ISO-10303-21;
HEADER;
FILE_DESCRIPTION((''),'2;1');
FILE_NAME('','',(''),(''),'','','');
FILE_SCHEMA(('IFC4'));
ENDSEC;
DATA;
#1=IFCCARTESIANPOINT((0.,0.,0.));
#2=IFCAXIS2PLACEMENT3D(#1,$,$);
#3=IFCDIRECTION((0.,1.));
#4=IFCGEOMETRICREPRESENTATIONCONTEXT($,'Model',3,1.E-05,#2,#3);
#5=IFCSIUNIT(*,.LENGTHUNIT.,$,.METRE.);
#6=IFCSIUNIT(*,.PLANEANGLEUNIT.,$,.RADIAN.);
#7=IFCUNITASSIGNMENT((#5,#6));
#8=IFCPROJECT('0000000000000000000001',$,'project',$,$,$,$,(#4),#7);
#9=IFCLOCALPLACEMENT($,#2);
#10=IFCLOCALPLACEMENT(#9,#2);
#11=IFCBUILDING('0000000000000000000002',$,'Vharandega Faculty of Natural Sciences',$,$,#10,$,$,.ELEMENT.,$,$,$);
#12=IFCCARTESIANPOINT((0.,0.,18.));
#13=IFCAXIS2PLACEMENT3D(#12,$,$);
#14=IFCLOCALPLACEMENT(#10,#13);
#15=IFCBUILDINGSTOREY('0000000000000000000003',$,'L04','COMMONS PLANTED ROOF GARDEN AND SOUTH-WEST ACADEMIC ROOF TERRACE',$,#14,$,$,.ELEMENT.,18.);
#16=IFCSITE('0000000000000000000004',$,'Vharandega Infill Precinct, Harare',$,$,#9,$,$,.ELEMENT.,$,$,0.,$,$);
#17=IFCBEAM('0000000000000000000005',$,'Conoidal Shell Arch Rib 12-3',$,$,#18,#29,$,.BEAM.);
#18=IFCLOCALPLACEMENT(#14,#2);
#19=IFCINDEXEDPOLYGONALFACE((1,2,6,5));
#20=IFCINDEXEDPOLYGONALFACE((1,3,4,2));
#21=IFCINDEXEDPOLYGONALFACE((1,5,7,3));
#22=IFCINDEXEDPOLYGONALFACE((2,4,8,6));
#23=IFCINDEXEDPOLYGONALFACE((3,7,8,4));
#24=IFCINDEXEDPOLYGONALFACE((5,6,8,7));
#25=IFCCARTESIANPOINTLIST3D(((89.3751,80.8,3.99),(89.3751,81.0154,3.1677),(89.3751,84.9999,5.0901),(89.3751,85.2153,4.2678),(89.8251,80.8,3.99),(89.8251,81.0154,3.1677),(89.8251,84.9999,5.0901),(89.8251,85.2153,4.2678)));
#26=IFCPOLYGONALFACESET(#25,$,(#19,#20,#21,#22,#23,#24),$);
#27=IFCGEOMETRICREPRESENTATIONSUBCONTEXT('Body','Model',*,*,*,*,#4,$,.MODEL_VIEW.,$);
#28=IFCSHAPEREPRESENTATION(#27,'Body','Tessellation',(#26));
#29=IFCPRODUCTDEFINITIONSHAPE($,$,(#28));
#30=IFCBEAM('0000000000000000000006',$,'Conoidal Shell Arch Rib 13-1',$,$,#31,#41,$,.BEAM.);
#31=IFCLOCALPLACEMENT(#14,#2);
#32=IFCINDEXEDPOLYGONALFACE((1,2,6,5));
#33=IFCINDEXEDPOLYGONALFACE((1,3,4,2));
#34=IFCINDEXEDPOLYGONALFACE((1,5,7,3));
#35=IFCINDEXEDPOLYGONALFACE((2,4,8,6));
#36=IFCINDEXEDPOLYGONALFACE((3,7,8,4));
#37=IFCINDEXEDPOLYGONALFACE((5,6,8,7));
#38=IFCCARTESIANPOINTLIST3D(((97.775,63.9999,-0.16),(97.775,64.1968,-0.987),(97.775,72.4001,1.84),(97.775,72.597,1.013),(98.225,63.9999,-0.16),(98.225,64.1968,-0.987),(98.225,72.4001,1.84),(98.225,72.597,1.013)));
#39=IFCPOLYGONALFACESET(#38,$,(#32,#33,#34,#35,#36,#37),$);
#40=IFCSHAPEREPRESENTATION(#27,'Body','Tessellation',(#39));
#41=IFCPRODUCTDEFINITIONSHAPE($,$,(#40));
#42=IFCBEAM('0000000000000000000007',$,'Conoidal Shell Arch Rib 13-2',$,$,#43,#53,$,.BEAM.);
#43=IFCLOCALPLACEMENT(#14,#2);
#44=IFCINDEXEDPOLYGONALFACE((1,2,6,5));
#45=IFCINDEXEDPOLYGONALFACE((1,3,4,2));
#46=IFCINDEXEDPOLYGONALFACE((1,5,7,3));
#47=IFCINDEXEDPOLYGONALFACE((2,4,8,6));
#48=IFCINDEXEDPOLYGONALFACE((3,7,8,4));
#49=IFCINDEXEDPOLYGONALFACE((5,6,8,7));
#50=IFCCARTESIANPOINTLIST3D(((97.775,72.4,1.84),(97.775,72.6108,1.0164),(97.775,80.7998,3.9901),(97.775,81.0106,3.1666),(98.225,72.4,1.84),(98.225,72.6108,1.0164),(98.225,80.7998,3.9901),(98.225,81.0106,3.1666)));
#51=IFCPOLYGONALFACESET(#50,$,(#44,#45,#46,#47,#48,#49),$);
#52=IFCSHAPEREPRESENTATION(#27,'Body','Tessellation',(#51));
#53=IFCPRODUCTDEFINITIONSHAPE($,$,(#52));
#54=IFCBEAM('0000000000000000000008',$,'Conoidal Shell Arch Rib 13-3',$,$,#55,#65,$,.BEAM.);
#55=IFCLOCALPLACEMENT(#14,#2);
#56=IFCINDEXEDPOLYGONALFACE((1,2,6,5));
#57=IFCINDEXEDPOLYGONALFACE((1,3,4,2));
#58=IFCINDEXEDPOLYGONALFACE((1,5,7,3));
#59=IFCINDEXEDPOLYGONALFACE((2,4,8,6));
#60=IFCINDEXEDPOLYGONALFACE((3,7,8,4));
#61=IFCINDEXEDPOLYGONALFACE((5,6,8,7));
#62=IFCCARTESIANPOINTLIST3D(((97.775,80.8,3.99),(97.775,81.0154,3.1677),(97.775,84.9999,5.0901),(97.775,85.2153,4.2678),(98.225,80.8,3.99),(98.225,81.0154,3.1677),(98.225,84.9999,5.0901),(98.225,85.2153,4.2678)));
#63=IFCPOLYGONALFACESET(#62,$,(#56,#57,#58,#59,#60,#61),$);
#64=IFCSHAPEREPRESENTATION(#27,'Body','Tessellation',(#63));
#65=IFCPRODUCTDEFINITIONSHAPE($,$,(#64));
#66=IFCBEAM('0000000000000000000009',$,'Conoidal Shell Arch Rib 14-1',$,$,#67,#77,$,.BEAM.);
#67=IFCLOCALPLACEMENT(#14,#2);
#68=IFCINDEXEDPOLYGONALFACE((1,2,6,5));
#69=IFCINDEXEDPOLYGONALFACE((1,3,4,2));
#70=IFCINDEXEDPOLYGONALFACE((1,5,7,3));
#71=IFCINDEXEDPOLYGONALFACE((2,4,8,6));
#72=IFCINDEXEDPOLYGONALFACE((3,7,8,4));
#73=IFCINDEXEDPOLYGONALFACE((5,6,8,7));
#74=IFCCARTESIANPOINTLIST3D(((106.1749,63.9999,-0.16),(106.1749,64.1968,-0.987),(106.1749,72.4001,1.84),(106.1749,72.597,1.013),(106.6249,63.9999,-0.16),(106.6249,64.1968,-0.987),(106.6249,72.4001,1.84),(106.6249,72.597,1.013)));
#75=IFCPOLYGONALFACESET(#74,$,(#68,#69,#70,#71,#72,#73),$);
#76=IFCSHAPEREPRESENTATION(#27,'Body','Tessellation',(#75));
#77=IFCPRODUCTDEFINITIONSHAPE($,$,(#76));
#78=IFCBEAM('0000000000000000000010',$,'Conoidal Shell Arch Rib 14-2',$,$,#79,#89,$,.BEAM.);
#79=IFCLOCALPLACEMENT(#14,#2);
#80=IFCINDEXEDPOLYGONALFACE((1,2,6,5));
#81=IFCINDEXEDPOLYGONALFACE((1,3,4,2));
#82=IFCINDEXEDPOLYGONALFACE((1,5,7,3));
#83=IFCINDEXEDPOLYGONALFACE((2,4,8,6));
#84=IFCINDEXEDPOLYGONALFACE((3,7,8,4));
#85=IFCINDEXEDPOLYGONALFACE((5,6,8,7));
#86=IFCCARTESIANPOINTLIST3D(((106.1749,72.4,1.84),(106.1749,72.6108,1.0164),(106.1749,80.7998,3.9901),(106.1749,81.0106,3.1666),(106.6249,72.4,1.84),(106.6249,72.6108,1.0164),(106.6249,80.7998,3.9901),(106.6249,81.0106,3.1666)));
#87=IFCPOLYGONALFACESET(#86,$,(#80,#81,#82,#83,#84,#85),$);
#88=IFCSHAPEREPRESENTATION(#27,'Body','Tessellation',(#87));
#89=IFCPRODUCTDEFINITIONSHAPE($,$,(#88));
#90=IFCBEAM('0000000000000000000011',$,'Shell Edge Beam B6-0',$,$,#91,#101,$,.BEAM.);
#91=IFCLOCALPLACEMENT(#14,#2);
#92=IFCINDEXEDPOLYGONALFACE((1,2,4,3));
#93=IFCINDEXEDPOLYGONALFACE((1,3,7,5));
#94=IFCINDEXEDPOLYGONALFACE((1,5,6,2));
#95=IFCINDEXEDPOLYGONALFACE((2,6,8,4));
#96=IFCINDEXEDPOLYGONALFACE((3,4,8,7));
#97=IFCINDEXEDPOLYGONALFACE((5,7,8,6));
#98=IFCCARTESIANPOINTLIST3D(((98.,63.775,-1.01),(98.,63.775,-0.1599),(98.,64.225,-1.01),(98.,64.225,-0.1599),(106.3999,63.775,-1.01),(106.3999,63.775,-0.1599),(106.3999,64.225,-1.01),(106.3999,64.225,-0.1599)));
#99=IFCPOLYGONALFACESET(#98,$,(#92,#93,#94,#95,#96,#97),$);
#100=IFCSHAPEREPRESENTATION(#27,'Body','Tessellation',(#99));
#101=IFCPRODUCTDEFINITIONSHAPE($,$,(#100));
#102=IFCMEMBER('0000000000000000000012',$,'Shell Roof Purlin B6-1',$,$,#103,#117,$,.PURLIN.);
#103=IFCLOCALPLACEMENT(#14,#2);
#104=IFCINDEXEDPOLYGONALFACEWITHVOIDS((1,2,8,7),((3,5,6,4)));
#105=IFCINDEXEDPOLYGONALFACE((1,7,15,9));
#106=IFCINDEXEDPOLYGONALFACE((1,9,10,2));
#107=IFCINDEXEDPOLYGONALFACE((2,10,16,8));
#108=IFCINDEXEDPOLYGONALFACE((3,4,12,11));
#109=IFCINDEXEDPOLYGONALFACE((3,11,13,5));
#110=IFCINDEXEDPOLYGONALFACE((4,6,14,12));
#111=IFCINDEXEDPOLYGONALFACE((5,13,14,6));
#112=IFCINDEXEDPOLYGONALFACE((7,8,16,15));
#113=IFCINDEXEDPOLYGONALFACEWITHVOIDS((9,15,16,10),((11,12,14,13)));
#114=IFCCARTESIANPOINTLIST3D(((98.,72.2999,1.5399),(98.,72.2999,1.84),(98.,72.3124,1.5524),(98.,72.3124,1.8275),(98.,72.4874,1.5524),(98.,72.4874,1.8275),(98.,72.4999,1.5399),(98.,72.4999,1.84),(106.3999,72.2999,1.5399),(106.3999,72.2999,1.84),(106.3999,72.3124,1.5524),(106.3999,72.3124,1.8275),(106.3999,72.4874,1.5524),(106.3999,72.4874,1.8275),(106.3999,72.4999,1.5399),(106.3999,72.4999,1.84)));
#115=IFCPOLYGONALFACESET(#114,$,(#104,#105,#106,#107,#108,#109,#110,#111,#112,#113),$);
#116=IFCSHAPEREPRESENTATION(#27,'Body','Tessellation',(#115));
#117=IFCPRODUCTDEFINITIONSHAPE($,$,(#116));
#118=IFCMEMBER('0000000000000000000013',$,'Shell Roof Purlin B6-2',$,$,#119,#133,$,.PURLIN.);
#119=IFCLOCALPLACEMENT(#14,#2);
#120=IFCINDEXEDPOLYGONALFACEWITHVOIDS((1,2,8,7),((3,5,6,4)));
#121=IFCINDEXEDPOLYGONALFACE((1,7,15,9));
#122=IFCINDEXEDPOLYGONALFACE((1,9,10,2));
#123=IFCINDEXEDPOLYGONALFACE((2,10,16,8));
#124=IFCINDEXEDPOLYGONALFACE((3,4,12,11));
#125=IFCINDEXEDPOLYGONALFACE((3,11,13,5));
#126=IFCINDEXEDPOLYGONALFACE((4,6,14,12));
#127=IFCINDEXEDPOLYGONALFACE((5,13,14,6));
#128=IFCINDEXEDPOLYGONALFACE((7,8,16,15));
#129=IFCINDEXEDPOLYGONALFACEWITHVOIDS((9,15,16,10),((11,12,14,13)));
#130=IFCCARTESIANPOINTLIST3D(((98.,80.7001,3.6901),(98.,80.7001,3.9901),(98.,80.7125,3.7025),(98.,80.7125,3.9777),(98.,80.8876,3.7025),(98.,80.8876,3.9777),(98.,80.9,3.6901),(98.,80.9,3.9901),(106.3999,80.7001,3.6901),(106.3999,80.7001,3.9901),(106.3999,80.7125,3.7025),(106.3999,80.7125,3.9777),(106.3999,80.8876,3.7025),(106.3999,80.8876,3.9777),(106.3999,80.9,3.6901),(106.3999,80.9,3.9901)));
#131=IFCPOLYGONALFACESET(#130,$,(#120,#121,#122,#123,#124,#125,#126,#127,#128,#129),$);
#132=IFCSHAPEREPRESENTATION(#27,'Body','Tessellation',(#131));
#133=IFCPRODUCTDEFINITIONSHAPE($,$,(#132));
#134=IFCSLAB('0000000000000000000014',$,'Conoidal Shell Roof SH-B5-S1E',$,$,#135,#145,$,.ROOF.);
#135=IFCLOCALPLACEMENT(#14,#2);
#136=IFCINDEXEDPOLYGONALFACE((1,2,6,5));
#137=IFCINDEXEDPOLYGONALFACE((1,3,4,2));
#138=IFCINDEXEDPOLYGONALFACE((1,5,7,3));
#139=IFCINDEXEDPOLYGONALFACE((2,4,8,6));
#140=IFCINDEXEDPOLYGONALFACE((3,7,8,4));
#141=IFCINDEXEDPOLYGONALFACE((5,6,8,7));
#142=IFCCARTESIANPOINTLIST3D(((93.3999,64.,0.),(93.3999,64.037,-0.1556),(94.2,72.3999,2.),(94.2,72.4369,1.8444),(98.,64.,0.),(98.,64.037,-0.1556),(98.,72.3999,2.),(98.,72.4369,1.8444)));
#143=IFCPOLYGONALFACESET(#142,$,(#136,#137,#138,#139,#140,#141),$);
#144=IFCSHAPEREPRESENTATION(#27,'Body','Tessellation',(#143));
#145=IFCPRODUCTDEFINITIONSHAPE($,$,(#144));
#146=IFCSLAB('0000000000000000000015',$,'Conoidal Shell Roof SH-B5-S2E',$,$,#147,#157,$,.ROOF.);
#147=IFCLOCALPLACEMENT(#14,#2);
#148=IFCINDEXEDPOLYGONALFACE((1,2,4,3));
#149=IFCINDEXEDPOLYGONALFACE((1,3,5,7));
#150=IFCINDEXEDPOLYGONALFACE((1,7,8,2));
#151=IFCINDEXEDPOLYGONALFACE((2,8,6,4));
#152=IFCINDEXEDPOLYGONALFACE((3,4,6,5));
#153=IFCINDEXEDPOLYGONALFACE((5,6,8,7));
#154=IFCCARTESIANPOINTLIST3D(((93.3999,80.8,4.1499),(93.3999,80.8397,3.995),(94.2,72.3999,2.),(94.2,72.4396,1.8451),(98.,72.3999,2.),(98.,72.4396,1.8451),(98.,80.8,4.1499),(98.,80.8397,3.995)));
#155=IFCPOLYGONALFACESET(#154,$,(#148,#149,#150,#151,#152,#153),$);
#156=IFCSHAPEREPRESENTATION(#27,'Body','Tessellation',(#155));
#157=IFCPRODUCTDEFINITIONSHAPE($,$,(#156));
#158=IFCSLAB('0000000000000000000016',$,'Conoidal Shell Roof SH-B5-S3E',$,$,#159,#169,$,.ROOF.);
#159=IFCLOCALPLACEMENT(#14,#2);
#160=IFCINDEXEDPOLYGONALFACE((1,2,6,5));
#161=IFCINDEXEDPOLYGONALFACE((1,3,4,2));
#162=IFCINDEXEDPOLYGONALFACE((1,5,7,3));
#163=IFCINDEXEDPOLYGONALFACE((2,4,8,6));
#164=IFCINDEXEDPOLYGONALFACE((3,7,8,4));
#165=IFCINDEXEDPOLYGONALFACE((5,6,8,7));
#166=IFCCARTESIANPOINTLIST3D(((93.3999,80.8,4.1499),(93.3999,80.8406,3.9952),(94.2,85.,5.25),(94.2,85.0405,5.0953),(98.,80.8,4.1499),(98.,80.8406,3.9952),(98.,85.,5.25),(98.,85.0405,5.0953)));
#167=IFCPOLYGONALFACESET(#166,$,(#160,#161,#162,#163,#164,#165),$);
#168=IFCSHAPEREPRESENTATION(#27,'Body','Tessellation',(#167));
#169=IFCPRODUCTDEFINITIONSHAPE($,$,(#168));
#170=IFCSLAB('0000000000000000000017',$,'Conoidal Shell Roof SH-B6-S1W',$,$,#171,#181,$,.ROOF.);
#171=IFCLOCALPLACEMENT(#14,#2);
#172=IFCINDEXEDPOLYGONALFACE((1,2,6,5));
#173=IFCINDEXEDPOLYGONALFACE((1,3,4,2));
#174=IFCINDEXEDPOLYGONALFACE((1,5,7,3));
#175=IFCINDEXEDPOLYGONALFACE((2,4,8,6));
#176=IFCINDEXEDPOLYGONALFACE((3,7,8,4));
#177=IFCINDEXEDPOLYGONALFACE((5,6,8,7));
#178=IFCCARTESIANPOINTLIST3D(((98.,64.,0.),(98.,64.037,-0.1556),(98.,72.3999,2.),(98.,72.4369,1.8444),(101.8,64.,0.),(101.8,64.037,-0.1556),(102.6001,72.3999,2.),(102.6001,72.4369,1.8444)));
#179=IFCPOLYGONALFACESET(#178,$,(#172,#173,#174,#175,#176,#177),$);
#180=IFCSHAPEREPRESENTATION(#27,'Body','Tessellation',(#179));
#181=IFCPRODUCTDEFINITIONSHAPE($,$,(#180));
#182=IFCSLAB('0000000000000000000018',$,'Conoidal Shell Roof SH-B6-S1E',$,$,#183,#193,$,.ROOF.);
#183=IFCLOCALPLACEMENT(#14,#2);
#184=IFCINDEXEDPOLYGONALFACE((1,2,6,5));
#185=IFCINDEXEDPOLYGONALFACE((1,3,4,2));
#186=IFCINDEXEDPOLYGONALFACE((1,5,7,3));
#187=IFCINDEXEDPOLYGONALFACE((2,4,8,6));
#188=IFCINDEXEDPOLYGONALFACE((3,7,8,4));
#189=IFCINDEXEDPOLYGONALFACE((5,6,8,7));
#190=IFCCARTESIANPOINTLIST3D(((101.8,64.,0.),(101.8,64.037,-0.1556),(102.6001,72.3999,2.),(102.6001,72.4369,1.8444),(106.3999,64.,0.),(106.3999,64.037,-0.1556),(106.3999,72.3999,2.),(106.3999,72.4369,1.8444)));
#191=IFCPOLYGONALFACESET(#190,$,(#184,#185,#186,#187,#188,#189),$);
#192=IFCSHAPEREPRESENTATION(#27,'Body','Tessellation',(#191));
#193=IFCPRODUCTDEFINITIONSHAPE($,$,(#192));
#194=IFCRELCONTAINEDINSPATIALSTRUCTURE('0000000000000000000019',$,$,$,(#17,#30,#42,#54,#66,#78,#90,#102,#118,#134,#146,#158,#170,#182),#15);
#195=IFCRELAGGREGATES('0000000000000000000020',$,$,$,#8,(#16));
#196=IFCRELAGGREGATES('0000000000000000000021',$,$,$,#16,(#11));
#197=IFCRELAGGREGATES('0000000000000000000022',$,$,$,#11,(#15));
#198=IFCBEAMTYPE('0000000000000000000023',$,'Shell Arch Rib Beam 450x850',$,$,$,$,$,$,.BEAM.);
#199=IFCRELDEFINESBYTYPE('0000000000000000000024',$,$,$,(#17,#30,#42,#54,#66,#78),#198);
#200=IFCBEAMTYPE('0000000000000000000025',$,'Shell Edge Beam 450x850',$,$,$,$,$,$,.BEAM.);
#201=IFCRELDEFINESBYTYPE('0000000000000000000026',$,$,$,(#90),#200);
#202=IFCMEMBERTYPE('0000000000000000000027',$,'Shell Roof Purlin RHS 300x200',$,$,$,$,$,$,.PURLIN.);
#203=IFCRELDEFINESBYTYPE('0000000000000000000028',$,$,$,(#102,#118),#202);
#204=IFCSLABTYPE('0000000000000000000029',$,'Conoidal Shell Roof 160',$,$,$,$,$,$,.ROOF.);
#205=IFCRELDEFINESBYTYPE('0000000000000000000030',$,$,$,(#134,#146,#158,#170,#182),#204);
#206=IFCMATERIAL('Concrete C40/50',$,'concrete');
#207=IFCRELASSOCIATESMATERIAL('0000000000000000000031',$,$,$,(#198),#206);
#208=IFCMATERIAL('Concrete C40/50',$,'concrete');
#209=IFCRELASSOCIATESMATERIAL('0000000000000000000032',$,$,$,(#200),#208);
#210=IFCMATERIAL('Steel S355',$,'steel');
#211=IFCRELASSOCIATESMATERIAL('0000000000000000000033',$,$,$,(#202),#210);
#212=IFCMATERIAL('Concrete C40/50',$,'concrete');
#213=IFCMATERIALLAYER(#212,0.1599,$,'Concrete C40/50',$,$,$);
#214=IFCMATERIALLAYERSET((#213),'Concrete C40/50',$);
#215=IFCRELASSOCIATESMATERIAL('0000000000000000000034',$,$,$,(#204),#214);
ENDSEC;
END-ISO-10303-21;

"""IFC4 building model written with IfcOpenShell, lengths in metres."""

from ifc_helpers import new_model, si_unit, direction, frame, origin, origin_2d, place, context, subcontext, project, spatial, polyline, rectangle, hollow_rectangle, outline, extrude, material, layer, layer_set, material_profile, profile_set, type_object, element, save


model = new_model("IFC4")

# Units and contexts
model_context = context("Model", 3, precision=1e-05, world=origin(), true_north=direction((0.0, 1.0)))
body_context = subcontext(model_context, "Body", "Model", "MODEL_VIEW")
ifc_project = project(units=[si_unit("LENGTHUNIT", "METRE"), si_unit("PLANEANGLEUNIT", "RADIAN")], contexts=[model_context])

# Site, building, storey
site_placement = place(None, origin())
site = spatial("IfcSite", under=ifc_project, at=site_placement, Name="Vharandega Infill Precinct, Harare", CompositionType="ELEMENT", RefElevation=0.0)
building_placement = place(site_placement, origin())
building = spatial("IfcBuilding", under=site, at=building_placement, Name="Vharandega Faculty of Natural Sciences", CompositionType="ELEMENT")
storey_placement = place(building_placement, frame((0.0, 0.0, 18.0)))
storey = spatial("IfcBuildingStorey", under=building, at=storey_placement, Name="L04", Description="COMMONS PLANTED ROOF GARDEN AND SOUTH-WEST ACADEMIC ROOF TERRACE", CompositionType="ELEMENT", Elevation=18.0)

# Beams
ifc_material_1 = material(Name="Concrete C40/50", Category="concrete")
ifc_material_profile_1 = material_profile(ifc_material_1, rectangle(XDim=0.45, YDim=0.8501, at=origin_2d()), Name="RC 450x850")
ifc_profile_set_1 = profile_set([ifc_material_profile_1], Name="Concrete C40/50")
beam_type_1 = type_object("IfcBeamType", Name="Shell Arch Rib Beam 450x850", PredefinedType="BEAM", material=ifc_profile_set_1)
beam_1_placement = place(storey_placement, frame((89.6001, 80.9077, 3.5789), z_axis=(0.0, 0.967366, 0.253383), x_axis=(-1.0, 0.0, 0.0)))
element("IfcBeam", 1, at=beam_1_placement, inside=storey, type_object=beam_type_1, Name="Conoidal Shell Arch Rib 12-3", PredefinedType="BEAM", context=body_context, shape_type="SweptSolid", body=[
    extrude(rectangle(XDim=0.45, YDim=0.8501, at=origin_2d()), origin(), (0.0, 0.0, 1.0), 4.3416),
])
beam_2_placement = place(storey_placement, frame((98.0, 64.0984, -0.5735), z_axis=(0.0, 0.972807, 0.231617), x_axis=(-1.0, 0.0, 0.0)))
element("IfcBeam", 2, at=beam_2_placement, inside=storey, type_object=beam_type_1, Name="Conoidal Shell Arch Rib 13-1", PredefinedType="BEAM", context=body_context, shape_type="SweptSolid", body=[
    extrude(rectangle(XDim=0.45, YDim=0.8501, at=origin_2d()), origin(), (0.0, 0.0, 1.0), 8.635),
])
beam_3_placement = place(storey_placement, frame((98.0, 72.5054, 1.4282), z_axis=(0.0, 0.968766, 0.247978), x_axis=(-1.0, 0.0, 0.0)))
element("IfcBeam", 3, at=beam_3_placement, inside=storey, type_object=beam_type_1, Name="Conoidal Shell Arch Rib 13-2", PredefinedType="BEAM", context=body_context, shape_type="SweptSolid", body=[
    extrude(rectangle(XDim=0.45, YDim=0.8501, at=origin_2d()), origin(), (0.0, 0.0, 1.0), 8.6707),
])
beam_4_placement = place(storey_placement, frame((98.0, 80.9077, 3.5789), z_axis=(0.0, 0.967366, 0.253383), x_axis=(-1.0, 0.0, 0.0)))
element("IfcBeam", 4, at=beam_4_placement, inside=storey, type_object=beam_type_1, Name="Conoidal Shell Arch Rib 13-3", PredefinedType="BEAM", context=body_context, shape_type="SweptSolid", body=[
    extrude(rectangle(XDim=0.45, YDim=0.8501, at=origin_2d()), origin(), (0.0, 0.0, 1.0), 4.3416),
])
beam_5_placement = place(storey_placement, frame((106.3999, 64.0984, -0.5735), z_axis=(0.0, 0.972807, 0.231617), x_axis=(-1.0, 0.0, 0.0)))
element("IfcBeam", 5, at=beam_5_placement, inside=storey, type_object=beam_type_1, Name="Conoidal Shell Arch Rib 14-1", PredefinedType="BEAM", context=body_context, shape_type="SweptSolid", body=[
    extrude(rectangle(XDim=0.45, YDim=0.8501, at=origin_2d()), origin(), (0.0, 0.0, 1.0), 8.635),
])
beam_6_placement = place(storey_placement, frame((106.3999, 72.5054, 1.4282), z_axis=(0.0, 0.968766, 0.247978), x_axis=(-1.0, 0.0, 0.0)))
element("IfcBeam", 6, at=beam_6_placement, inside=storey, type_object=beam_type_1, Name="Conoidal Shell Arch Rib 14-2", PredefinedType="BEAM", context=body_context, shape_type="SweptSolid", body=[
    extrude(rectangle(XDim=0.45, YDim=0.8501, at=origin_2d()), origin(), (0.0, 0.0, 1.0), 8.6707),
])
ifc_material_2 = material(Name="Concrete C40/50", Category="concrete")
ifc_material_profile_2 = material_profile(ifc_material_2, rectangle(XDim=0.45, YDim=0.8501, at=origin_2d()), Name="RC 450x850")
ifc_profile_set_2 = profile_set([ifc_material_profile_2], Name="Concrete C40/50")
beam_type_2 = type_object("IfcBeamType", Name="Shell Edge Beam 450x850", PredefinedType="BEAM", material=ifc_profile_set_2)
beam_7_placement = place(storey_placement, frame((98.0, 64.0, -0.585), z_axis=(1.0, 0.0, 0.0), x_axis=(0.0, 1.0, 0.0)))
element("IfcBeam", 7, at=beam_7_placement, inside=storey, type_object=beam_type_2, Name="Shell Edge Beam B6-0", PredefinedType="BEAM", context=body_context, shape_type="SweptSolid", body=[
    extrude(rectangle(XDim=0.45, YDim=0.8501, at=origin_2d()), origin(), (0.0, 0.0, 1.0), 8.3999),
])

# Members
ifc_material_3 = material(Name="Steel S355", Category="steel")
ifc_material_profile_3 = material_profile(ifc_material_3, hollow_rectangle(XDim=0.2, YDim=0.3, WallThickness=0.0125, at=origin_2d()), Name="RHS 300x200x12.5")
ifc_profile_set_3 = profile_set([ifc_material_profile_3], Name="Steel S355")
member_type = type_object("IfcMemberType", Name="Shell Roof Purlin RHS 300x200", PredefinedType="PURLIN", material=ifc_profile_set_3)
for number, where, z_axis, x_axis, name in (
    (8, (98.0, 72.3999, 1.6899), (1.0, 0.0, 0.0), (0.0, 1.0, 0.0), "Shell Roof Purlin B6-1"),
    (9, (98.0, 80.8, 3.8401), (1.0, 0.0, 0.0), (0.0, 1.0, 0.0), "Shell Roof Purlin B6-2"),
):
    element("IfcMember", number, at=place(storey_placement, frame(where, z_axis=z_axis, x_axis=x_axis)), inside=storey, type_object=member_type, Name=name, PredefinedType="PURLIN", context=body_context, shape_type="SweptSolid", body=[
        extrude(hollow_rectangle(XDim=0.2, YDim=0.3, WallThickness=0.0125, at=origin_2d()), origin(), (0.0, 0.0, 1.0), 8.3999),
    ])

# Slabs
ifc_material_4 = material(Name="Concrete C40/50", Category="concrete")
ifc_layer = layer(ifc_material_4, 0.1599, Name="Concrete C40/50")
ifc_layer_set = layer_set([ifc_layer], Name="Concrete C40/50")
slab_type = type_object("IfcSlabType", Name="Conoidal Shell Roof 160", PredefinedType="ROOF", material=ifc_layer_set)
slab_1_placement = place(storey_placement, frame((93.3999, 64.0, 0.0), z_axis=(0.0, -0.231623, 0.972806), x_axis=(1.0, 0.0, 0.0)))
element("IfcSlab", 10, at=slab_1_placement, inside=storey, type_object=slab_type, Name="Conoidal Shell Roof SH-B5-S1E", PredefinedType="ROOF", context=body_context, shape_type="SweptSolid", body=[
    extrude(outline(polyline([(0.0, 0.0), (4.6001, 0.0), (4.6001, 8.6347), (0.8, 8.6347), (0.0, 0.0)])), origin(), (0.0, 0.0, -1.0), 0.1599),
])
slab_2_placement = place(storey_placement, frame((94.2, 72.3999, 2.0), z_axis=(0.0, -0.247944, 0.968774), x_axis=(1.0, 0.0, 0.0)))
element("IfcSlab", 11, at=slab_2_placement, inside=storey, type_object=slab_type, Name="Conoidal Shell Roof SH-B5-S2E", PredefinedType="ROOF", context=body_context, shape_type="SweptSolid", body=[
    extrude(outline(polyline([(0.0, 0.0), (3.8, 0.0), (3.8, 8.6709), (-0.8, 8.6709), (0.0, 0.0)])), origin(), (0.0, 0.0, -1.0), 0.1599),
])
slab_3_placement = place(storey_placement, frame((93.3999, 80.8, 4.1499), z_axis=(0.0, -0.253383, 0.967366), x_axis=(1.0, 0.0, 0.0)))
element("IfcSlab", 12, at=slab_3_placement, inside=storey, type_object=slab_type, Name="Conoidal Shell Roof SH-B5-S3E", PredefinedType="ROOF", context=body_context, shape_type="SweptSolid", body=[
    extrude(outline(polyline([(0.0, 0.0), (4.6001, 0.0), (4.6001, 4.3416), (0.8, 4.3416), (0.0, 0.0)])), origin(), (0.0, 0.0, -1.0), 0.1599),
])
slab_4_placement = place(storey_placement, frame((98.0, 64.0, 0.0), z_axis=(0.0, -0.231623, 0.972806), x_axis=(1.0, 0.0, 0.0)))
element("IfcSlab", 13, at=slab_4_placement, inside=storey, type_object=slab_type, Name="Conoidal Shell Roof SH-B6-S1W", PredefinedType="ROOF", context=body_context, shape_type="SweptSolid", body=[
    extrude(outline(polyline([(0.0, 0.0), (3.8, 0.0), (4.6001, 8.6347), (0.0, 8.6347), (0.0, 0.0)])), origin(), (0.0, 0.0, -1.0), 0.1599),
])
slab_5_placement = place(storey_placement, frame((101.8, 64.0, 0.0), z_axis=(0.0, -0.231623, 0.972806), x_axis=(1.0, 0.0, 0.0)))
element("IfcSlab", 14, at=slab_5_placement, inside=storey, type_object=slab_type, Name="Conoidal Shell Roof SH-B6-S1E", PredefinedType="ROOF", context=body_context, shape_type="SweptSolid", body=[
    extrude(outline(polyline([(0.0, 0.0), (4.5999, 0.0), (4.5999, 8.6347), (0.8, 8.6347), (0.0, 0.0)])), origin(), (0.0, 0.0, -1.0), 0.1599),
])

save(model, "model.ifc")
